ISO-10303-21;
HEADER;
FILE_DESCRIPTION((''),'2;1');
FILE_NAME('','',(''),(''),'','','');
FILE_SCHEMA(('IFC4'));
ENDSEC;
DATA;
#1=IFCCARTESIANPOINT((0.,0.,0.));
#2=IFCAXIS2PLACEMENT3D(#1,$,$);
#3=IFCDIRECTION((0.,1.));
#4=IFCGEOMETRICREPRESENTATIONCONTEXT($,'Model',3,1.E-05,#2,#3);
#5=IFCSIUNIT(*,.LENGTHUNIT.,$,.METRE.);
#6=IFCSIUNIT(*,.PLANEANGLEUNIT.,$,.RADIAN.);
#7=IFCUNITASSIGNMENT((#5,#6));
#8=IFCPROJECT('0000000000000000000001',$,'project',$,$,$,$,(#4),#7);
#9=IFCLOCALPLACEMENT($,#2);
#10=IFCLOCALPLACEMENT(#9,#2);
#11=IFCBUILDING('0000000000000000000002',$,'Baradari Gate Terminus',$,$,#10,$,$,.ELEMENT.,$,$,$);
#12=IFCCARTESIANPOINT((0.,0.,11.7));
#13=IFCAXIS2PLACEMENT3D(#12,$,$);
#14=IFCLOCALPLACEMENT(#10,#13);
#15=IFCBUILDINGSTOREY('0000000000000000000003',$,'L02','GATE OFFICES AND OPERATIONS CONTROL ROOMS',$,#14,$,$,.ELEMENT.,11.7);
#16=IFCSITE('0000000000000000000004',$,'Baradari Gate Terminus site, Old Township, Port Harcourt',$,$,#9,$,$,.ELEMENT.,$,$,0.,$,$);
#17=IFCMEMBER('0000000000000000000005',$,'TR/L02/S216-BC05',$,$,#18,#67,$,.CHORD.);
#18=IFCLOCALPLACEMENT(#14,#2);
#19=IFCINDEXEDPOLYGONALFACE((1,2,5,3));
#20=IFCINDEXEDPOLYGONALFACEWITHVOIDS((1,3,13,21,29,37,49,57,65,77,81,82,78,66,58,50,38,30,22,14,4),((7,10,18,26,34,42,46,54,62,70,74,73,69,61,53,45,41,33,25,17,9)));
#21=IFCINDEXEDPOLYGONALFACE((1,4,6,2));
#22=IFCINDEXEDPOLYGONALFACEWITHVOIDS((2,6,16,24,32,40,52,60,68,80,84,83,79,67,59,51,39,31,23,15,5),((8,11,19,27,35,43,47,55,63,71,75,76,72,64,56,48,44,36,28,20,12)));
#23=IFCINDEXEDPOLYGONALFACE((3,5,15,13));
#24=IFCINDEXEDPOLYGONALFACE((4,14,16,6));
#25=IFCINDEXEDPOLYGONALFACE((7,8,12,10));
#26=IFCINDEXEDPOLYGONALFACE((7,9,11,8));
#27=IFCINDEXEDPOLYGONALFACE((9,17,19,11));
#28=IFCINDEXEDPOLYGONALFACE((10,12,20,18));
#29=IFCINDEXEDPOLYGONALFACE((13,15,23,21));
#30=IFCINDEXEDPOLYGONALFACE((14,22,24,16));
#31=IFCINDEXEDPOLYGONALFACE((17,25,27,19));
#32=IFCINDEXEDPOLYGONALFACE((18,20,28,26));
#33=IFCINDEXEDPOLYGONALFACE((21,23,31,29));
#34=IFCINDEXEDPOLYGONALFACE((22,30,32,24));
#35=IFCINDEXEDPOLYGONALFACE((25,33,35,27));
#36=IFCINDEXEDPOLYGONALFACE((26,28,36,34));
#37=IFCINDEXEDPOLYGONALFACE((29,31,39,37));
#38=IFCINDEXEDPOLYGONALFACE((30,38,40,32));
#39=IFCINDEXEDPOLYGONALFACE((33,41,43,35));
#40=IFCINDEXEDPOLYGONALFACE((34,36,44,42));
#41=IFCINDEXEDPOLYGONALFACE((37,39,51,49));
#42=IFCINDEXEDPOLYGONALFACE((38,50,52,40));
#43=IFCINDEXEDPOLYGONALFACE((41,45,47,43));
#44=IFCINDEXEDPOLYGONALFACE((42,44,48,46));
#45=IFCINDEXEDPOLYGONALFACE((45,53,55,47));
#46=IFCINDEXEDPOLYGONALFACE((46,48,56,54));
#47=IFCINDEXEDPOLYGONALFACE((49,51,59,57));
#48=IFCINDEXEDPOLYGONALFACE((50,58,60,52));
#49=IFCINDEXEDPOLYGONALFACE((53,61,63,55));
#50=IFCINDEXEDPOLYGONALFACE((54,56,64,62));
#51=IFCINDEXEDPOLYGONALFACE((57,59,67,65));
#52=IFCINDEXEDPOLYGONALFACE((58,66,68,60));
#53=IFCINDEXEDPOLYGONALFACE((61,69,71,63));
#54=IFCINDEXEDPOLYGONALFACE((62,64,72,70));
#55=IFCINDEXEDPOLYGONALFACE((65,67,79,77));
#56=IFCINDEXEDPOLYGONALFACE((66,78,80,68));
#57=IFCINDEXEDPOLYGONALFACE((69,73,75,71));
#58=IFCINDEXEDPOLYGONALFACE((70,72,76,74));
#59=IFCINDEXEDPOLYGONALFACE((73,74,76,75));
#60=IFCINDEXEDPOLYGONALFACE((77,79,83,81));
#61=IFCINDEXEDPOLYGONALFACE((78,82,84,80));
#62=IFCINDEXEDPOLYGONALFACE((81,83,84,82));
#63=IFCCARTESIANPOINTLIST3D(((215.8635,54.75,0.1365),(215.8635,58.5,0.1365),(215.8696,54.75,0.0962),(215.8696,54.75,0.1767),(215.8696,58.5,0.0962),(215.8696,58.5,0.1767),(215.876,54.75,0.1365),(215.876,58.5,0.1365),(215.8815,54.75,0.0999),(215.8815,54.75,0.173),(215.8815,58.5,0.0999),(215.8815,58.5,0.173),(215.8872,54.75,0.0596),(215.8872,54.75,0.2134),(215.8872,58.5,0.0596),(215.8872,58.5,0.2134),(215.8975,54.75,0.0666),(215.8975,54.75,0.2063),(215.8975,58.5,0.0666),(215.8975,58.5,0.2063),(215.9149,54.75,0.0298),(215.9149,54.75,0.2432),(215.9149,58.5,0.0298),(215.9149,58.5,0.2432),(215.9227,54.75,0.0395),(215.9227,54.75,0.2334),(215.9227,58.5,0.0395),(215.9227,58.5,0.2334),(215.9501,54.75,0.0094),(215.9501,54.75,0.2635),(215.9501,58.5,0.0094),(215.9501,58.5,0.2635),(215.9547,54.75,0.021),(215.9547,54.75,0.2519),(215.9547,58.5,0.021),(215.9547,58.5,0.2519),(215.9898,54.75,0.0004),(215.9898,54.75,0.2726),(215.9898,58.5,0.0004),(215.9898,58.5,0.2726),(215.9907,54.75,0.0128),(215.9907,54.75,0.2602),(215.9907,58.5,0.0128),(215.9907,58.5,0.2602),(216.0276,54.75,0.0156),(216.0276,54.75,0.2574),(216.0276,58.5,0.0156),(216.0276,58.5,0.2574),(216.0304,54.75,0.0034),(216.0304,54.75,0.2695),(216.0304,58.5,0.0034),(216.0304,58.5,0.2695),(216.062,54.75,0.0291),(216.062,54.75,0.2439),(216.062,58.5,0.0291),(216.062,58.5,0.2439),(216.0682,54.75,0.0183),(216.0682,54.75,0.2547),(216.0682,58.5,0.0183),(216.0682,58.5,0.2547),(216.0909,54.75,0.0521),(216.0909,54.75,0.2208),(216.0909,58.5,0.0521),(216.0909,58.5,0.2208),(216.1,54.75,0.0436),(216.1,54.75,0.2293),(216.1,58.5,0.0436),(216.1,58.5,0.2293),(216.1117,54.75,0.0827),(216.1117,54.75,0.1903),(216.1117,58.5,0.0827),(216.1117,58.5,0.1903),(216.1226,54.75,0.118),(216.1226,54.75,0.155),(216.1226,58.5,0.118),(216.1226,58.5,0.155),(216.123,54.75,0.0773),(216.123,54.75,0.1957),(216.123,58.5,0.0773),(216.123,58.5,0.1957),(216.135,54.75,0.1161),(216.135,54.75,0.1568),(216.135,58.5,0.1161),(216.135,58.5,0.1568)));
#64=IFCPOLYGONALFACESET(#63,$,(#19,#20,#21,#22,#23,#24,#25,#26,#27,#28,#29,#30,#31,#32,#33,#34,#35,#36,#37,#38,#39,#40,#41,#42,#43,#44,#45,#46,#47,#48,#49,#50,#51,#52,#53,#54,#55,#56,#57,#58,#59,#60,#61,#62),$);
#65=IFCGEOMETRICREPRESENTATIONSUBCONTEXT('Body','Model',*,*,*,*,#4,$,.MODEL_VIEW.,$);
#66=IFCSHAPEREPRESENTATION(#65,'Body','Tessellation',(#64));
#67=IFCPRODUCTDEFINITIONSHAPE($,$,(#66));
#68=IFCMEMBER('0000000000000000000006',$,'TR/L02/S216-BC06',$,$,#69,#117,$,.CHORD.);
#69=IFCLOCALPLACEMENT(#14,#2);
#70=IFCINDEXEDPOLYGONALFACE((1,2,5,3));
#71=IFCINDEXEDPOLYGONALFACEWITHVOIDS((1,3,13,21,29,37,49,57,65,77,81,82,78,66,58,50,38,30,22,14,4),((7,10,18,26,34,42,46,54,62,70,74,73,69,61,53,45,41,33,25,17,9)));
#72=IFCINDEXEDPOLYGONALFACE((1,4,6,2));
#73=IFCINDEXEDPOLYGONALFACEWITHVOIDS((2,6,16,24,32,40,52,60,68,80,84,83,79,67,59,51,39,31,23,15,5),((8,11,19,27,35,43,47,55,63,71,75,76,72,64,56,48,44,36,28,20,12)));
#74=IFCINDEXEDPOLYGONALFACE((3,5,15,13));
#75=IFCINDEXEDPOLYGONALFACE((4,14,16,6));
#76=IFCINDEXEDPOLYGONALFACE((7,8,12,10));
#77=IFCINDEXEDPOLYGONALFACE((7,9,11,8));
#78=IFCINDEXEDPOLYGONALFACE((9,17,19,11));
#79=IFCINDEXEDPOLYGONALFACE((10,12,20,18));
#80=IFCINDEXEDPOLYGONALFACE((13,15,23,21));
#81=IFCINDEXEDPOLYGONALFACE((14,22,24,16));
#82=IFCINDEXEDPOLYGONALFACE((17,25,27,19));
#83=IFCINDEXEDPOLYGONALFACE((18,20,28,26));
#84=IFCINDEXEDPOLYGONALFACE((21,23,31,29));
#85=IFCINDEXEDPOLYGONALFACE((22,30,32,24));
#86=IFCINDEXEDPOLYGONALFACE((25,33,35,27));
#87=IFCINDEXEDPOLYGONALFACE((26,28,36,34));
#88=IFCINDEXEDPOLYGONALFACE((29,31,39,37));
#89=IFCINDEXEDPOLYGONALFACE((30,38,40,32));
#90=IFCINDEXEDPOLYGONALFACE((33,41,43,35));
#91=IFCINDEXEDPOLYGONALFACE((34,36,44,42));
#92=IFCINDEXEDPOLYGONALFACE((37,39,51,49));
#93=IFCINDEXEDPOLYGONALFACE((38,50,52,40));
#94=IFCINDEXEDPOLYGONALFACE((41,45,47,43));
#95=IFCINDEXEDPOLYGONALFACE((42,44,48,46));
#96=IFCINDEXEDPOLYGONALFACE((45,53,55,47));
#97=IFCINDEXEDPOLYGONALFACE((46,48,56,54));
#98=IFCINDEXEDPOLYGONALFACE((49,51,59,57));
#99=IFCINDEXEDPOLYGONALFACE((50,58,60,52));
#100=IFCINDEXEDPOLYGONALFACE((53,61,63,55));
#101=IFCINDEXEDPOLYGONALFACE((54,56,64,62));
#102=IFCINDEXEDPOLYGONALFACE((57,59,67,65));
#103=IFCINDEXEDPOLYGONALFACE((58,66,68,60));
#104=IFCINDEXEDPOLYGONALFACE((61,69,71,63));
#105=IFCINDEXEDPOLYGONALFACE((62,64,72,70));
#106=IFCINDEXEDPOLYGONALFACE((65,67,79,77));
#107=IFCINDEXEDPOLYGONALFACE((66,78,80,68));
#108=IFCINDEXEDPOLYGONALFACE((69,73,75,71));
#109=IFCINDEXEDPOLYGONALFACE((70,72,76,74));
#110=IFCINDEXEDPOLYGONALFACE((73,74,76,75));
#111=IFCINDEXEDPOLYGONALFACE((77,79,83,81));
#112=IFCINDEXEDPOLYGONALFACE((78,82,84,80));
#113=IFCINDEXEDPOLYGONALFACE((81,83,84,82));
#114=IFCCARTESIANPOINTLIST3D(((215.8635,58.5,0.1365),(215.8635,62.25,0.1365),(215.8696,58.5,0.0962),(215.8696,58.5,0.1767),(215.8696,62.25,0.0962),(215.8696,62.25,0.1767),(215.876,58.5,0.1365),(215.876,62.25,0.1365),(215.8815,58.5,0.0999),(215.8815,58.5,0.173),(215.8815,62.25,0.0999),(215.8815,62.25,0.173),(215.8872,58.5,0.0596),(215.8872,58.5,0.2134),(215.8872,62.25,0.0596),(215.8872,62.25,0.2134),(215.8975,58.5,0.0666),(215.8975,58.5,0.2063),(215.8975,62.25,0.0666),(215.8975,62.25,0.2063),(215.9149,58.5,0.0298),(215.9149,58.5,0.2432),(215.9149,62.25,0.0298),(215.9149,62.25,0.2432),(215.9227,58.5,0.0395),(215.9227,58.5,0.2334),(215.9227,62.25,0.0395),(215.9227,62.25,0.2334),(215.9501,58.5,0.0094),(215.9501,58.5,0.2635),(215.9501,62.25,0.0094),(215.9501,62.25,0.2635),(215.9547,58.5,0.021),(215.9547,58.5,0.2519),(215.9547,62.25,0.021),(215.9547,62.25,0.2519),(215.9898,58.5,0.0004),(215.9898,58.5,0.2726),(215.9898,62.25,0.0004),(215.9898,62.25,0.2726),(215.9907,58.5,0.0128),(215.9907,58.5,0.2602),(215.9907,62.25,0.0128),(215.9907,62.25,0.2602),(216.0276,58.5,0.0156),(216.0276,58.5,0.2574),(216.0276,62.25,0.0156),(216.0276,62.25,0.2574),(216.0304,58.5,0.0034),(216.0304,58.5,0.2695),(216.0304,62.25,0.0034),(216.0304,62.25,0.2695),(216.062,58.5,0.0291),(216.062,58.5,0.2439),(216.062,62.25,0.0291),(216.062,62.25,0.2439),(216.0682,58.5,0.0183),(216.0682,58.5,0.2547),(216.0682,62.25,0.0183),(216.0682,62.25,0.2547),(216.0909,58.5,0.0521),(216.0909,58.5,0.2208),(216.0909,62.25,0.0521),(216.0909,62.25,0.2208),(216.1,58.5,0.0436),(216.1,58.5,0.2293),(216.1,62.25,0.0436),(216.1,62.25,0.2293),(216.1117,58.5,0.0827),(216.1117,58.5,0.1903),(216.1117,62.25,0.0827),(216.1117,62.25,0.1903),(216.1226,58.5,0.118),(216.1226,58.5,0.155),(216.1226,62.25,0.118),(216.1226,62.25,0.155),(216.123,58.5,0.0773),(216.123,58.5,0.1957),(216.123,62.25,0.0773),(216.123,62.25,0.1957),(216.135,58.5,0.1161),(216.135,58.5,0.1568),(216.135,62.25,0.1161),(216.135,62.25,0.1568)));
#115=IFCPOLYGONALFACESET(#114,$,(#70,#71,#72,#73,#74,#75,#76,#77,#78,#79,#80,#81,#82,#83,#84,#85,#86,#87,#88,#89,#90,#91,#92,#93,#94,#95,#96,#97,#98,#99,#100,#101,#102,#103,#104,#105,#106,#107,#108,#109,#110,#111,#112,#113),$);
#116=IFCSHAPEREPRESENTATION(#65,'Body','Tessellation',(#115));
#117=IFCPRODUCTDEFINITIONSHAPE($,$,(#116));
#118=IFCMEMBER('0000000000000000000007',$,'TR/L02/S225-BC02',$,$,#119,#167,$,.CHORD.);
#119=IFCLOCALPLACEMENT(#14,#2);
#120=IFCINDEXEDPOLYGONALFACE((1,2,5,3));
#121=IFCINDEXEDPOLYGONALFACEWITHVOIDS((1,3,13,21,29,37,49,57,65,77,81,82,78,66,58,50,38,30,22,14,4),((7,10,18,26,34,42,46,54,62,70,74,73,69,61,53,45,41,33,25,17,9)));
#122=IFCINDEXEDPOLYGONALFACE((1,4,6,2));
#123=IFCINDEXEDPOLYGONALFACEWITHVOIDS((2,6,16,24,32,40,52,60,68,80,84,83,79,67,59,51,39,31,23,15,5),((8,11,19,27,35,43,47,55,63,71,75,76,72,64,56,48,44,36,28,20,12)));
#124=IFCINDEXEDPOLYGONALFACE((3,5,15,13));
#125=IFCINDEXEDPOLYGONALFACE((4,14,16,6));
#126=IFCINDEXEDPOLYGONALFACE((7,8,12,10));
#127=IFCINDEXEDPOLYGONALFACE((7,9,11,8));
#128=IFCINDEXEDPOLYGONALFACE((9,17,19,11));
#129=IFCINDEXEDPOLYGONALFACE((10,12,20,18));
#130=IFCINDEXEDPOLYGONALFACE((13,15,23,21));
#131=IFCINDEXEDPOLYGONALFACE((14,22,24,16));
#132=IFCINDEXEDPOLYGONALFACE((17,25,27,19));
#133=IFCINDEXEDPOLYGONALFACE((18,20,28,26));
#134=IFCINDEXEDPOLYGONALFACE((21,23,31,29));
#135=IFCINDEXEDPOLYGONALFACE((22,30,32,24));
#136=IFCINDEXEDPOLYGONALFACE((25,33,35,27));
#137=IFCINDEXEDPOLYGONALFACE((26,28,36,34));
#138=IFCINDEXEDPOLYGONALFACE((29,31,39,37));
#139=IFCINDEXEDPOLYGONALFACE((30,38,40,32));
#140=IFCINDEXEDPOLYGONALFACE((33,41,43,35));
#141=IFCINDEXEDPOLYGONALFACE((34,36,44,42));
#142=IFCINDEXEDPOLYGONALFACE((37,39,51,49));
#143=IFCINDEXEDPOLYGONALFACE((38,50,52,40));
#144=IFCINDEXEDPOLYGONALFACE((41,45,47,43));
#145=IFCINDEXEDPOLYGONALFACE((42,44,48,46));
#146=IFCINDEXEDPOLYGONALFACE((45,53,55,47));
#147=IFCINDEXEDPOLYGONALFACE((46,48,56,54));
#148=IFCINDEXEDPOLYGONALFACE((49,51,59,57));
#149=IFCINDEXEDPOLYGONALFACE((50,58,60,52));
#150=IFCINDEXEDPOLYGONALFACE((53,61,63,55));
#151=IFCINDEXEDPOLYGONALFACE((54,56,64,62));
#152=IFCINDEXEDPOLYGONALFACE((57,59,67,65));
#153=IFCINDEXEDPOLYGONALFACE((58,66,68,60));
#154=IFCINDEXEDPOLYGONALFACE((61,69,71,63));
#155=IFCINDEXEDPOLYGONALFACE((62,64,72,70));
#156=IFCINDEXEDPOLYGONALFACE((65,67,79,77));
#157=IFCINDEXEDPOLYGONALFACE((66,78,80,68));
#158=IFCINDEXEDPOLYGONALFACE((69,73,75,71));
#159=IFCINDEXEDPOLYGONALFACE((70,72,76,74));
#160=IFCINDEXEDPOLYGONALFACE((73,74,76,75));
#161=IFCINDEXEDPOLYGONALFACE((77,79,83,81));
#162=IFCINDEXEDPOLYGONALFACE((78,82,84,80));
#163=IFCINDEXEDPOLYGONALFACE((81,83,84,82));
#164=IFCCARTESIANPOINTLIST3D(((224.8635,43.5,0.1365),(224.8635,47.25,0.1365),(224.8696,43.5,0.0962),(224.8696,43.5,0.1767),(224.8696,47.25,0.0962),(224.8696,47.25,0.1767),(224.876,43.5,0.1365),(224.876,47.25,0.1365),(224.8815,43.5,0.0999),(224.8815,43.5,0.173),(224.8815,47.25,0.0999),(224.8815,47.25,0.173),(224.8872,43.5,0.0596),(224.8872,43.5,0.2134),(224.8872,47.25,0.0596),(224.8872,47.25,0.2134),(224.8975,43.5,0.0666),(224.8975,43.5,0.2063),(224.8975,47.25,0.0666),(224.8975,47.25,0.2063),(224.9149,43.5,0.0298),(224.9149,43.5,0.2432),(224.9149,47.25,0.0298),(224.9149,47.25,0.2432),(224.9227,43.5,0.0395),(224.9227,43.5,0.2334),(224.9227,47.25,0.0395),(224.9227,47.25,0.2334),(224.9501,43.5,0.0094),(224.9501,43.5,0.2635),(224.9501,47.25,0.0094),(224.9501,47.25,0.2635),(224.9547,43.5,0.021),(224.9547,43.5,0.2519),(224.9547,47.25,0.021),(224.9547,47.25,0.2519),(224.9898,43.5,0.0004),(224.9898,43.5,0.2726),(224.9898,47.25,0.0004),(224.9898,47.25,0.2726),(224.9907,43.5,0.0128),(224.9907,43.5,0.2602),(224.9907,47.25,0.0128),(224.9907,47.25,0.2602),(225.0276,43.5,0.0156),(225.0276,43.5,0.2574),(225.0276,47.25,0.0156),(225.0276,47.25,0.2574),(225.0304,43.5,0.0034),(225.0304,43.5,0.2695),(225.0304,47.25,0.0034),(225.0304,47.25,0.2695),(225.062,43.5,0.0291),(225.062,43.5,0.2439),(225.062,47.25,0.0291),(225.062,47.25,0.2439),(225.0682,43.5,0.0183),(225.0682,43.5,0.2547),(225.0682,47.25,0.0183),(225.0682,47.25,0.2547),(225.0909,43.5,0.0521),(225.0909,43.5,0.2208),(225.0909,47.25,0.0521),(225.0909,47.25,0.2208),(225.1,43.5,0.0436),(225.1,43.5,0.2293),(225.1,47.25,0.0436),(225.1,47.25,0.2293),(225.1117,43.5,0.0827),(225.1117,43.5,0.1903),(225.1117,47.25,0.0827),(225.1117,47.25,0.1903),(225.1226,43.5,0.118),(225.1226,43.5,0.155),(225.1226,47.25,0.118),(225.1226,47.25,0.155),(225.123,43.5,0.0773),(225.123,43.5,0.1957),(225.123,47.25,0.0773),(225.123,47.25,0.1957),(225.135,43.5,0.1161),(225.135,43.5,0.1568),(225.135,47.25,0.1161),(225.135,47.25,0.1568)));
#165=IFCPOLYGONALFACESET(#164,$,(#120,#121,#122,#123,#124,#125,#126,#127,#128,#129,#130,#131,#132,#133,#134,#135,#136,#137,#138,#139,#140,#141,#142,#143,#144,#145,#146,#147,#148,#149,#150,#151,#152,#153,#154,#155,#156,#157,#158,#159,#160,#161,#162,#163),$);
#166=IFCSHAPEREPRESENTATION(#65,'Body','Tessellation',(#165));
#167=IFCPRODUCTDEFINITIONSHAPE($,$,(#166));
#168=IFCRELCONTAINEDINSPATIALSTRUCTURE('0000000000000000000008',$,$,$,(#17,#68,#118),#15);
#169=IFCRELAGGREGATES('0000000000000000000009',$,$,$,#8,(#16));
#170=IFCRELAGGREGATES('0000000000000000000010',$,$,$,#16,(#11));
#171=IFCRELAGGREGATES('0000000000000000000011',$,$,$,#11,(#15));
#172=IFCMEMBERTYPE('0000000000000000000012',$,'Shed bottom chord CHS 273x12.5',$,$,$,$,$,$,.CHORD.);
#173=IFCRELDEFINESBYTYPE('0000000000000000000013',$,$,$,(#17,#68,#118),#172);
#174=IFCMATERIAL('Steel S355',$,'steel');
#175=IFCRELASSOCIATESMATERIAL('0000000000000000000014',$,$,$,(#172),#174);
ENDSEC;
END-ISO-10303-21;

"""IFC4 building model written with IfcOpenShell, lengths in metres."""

from ifc_helpers import new_model, si_unit, direction, frame, origin, origin_2d, place, context, subcontext, project, spatial, hollow_circle, extrude, material, material_profile, profile_set, type_object, element, save


model = new_model("IFC4")

# Units and contexts
model_context = context("Model", 3, precision=1e-05, world=origin(), true_north=direction((0.0, 1.0)))
body_context = subcontext(model_context, "Body", "Model", "MODEL_VIEW")
ifc_project = project(units=[si_unit("LENGTHUNIT", "METRE"), si_unit("PLANEANGLEUNIT", "RADIAN")], contexts=[model_context])

# Site, building, storey
site_placement = place(None, origin())
site = spatial("IfcSite", under=ifc_project, at=site_placement, Name="Baradari Gate Terminus site, Old Township, Port Harcourt", CompositionType="ELEMENT", RefElevation=0.0)
building_placement = place(site_placement, origin())
building = spatial("IfcBuilding", under=site, at=building_placement, Name="Baradari Gate Terminus", CompositionType="ELEMENT")
storey_placement = place(building_placement, frame((0.0, 0.0, 11.7)))
storey = spatial("IfcBuildingStorey", under=building, at=storey_placement, Name="L02", Description="GATE OFFICES AND OPERATIONS CONTROL ROOMS", CompositionType="ELEMENT", Elevation=11.7)

# Members
ifc_material_1 = material(Name="Steel S355", Category="steel")
ifc_material_profile_1 = material_profile(ifc_material_1, hollow_circle(Radius=0.1365, WallThickness=0.0125, at=origin_2d()), Name="CHS 273x12.5")
ifc_profile_set_1 = profile_set([ifc_material_profile_1], Name="Steel S355")
member_type_1 = type_object("IfcMemberType", Name="Shed bottom chord CHS 273x12.5", PredefinedType="CHORD", material=ifc_profile_set_1)
for number, where, z_axis, x_axis, name in (
    (1, (216.0, 54.75, 0.1365), (0.0, 1.0, 0.0), (-1.0, 0.0, 0.0), "TR/L02/S216-BC05"),
    (2, (216.0, 58.5, 0.1365), (0.0, 1.0, 0.0), (-1.0, 0.0, 0.0), "TR/L02/S216-BC06"),
    (3, (225.0, 43.5, 0.1365), (0.0, 1.0, 0.0), (-1.0, 0.0, 0.0), "TR/L02/S225-BC02"),
):
    element("IfcMember", number, at=place(storey_placement, frame(where, z_axis=z_axis, x_axis=x_axis)), inside=storey, type_object=member_type_1, Name=name, PredefinedType="CHORD", context=body_context, shape_type="SweptSolid", body=[
        extrude(hollow_circle(Radius=0.1365, WallThickness=0.0125, at=origin_2d()), origin(), (0.0, 0.0, 1.0), 3.75),
    ])

save(model, "model.ifc")
